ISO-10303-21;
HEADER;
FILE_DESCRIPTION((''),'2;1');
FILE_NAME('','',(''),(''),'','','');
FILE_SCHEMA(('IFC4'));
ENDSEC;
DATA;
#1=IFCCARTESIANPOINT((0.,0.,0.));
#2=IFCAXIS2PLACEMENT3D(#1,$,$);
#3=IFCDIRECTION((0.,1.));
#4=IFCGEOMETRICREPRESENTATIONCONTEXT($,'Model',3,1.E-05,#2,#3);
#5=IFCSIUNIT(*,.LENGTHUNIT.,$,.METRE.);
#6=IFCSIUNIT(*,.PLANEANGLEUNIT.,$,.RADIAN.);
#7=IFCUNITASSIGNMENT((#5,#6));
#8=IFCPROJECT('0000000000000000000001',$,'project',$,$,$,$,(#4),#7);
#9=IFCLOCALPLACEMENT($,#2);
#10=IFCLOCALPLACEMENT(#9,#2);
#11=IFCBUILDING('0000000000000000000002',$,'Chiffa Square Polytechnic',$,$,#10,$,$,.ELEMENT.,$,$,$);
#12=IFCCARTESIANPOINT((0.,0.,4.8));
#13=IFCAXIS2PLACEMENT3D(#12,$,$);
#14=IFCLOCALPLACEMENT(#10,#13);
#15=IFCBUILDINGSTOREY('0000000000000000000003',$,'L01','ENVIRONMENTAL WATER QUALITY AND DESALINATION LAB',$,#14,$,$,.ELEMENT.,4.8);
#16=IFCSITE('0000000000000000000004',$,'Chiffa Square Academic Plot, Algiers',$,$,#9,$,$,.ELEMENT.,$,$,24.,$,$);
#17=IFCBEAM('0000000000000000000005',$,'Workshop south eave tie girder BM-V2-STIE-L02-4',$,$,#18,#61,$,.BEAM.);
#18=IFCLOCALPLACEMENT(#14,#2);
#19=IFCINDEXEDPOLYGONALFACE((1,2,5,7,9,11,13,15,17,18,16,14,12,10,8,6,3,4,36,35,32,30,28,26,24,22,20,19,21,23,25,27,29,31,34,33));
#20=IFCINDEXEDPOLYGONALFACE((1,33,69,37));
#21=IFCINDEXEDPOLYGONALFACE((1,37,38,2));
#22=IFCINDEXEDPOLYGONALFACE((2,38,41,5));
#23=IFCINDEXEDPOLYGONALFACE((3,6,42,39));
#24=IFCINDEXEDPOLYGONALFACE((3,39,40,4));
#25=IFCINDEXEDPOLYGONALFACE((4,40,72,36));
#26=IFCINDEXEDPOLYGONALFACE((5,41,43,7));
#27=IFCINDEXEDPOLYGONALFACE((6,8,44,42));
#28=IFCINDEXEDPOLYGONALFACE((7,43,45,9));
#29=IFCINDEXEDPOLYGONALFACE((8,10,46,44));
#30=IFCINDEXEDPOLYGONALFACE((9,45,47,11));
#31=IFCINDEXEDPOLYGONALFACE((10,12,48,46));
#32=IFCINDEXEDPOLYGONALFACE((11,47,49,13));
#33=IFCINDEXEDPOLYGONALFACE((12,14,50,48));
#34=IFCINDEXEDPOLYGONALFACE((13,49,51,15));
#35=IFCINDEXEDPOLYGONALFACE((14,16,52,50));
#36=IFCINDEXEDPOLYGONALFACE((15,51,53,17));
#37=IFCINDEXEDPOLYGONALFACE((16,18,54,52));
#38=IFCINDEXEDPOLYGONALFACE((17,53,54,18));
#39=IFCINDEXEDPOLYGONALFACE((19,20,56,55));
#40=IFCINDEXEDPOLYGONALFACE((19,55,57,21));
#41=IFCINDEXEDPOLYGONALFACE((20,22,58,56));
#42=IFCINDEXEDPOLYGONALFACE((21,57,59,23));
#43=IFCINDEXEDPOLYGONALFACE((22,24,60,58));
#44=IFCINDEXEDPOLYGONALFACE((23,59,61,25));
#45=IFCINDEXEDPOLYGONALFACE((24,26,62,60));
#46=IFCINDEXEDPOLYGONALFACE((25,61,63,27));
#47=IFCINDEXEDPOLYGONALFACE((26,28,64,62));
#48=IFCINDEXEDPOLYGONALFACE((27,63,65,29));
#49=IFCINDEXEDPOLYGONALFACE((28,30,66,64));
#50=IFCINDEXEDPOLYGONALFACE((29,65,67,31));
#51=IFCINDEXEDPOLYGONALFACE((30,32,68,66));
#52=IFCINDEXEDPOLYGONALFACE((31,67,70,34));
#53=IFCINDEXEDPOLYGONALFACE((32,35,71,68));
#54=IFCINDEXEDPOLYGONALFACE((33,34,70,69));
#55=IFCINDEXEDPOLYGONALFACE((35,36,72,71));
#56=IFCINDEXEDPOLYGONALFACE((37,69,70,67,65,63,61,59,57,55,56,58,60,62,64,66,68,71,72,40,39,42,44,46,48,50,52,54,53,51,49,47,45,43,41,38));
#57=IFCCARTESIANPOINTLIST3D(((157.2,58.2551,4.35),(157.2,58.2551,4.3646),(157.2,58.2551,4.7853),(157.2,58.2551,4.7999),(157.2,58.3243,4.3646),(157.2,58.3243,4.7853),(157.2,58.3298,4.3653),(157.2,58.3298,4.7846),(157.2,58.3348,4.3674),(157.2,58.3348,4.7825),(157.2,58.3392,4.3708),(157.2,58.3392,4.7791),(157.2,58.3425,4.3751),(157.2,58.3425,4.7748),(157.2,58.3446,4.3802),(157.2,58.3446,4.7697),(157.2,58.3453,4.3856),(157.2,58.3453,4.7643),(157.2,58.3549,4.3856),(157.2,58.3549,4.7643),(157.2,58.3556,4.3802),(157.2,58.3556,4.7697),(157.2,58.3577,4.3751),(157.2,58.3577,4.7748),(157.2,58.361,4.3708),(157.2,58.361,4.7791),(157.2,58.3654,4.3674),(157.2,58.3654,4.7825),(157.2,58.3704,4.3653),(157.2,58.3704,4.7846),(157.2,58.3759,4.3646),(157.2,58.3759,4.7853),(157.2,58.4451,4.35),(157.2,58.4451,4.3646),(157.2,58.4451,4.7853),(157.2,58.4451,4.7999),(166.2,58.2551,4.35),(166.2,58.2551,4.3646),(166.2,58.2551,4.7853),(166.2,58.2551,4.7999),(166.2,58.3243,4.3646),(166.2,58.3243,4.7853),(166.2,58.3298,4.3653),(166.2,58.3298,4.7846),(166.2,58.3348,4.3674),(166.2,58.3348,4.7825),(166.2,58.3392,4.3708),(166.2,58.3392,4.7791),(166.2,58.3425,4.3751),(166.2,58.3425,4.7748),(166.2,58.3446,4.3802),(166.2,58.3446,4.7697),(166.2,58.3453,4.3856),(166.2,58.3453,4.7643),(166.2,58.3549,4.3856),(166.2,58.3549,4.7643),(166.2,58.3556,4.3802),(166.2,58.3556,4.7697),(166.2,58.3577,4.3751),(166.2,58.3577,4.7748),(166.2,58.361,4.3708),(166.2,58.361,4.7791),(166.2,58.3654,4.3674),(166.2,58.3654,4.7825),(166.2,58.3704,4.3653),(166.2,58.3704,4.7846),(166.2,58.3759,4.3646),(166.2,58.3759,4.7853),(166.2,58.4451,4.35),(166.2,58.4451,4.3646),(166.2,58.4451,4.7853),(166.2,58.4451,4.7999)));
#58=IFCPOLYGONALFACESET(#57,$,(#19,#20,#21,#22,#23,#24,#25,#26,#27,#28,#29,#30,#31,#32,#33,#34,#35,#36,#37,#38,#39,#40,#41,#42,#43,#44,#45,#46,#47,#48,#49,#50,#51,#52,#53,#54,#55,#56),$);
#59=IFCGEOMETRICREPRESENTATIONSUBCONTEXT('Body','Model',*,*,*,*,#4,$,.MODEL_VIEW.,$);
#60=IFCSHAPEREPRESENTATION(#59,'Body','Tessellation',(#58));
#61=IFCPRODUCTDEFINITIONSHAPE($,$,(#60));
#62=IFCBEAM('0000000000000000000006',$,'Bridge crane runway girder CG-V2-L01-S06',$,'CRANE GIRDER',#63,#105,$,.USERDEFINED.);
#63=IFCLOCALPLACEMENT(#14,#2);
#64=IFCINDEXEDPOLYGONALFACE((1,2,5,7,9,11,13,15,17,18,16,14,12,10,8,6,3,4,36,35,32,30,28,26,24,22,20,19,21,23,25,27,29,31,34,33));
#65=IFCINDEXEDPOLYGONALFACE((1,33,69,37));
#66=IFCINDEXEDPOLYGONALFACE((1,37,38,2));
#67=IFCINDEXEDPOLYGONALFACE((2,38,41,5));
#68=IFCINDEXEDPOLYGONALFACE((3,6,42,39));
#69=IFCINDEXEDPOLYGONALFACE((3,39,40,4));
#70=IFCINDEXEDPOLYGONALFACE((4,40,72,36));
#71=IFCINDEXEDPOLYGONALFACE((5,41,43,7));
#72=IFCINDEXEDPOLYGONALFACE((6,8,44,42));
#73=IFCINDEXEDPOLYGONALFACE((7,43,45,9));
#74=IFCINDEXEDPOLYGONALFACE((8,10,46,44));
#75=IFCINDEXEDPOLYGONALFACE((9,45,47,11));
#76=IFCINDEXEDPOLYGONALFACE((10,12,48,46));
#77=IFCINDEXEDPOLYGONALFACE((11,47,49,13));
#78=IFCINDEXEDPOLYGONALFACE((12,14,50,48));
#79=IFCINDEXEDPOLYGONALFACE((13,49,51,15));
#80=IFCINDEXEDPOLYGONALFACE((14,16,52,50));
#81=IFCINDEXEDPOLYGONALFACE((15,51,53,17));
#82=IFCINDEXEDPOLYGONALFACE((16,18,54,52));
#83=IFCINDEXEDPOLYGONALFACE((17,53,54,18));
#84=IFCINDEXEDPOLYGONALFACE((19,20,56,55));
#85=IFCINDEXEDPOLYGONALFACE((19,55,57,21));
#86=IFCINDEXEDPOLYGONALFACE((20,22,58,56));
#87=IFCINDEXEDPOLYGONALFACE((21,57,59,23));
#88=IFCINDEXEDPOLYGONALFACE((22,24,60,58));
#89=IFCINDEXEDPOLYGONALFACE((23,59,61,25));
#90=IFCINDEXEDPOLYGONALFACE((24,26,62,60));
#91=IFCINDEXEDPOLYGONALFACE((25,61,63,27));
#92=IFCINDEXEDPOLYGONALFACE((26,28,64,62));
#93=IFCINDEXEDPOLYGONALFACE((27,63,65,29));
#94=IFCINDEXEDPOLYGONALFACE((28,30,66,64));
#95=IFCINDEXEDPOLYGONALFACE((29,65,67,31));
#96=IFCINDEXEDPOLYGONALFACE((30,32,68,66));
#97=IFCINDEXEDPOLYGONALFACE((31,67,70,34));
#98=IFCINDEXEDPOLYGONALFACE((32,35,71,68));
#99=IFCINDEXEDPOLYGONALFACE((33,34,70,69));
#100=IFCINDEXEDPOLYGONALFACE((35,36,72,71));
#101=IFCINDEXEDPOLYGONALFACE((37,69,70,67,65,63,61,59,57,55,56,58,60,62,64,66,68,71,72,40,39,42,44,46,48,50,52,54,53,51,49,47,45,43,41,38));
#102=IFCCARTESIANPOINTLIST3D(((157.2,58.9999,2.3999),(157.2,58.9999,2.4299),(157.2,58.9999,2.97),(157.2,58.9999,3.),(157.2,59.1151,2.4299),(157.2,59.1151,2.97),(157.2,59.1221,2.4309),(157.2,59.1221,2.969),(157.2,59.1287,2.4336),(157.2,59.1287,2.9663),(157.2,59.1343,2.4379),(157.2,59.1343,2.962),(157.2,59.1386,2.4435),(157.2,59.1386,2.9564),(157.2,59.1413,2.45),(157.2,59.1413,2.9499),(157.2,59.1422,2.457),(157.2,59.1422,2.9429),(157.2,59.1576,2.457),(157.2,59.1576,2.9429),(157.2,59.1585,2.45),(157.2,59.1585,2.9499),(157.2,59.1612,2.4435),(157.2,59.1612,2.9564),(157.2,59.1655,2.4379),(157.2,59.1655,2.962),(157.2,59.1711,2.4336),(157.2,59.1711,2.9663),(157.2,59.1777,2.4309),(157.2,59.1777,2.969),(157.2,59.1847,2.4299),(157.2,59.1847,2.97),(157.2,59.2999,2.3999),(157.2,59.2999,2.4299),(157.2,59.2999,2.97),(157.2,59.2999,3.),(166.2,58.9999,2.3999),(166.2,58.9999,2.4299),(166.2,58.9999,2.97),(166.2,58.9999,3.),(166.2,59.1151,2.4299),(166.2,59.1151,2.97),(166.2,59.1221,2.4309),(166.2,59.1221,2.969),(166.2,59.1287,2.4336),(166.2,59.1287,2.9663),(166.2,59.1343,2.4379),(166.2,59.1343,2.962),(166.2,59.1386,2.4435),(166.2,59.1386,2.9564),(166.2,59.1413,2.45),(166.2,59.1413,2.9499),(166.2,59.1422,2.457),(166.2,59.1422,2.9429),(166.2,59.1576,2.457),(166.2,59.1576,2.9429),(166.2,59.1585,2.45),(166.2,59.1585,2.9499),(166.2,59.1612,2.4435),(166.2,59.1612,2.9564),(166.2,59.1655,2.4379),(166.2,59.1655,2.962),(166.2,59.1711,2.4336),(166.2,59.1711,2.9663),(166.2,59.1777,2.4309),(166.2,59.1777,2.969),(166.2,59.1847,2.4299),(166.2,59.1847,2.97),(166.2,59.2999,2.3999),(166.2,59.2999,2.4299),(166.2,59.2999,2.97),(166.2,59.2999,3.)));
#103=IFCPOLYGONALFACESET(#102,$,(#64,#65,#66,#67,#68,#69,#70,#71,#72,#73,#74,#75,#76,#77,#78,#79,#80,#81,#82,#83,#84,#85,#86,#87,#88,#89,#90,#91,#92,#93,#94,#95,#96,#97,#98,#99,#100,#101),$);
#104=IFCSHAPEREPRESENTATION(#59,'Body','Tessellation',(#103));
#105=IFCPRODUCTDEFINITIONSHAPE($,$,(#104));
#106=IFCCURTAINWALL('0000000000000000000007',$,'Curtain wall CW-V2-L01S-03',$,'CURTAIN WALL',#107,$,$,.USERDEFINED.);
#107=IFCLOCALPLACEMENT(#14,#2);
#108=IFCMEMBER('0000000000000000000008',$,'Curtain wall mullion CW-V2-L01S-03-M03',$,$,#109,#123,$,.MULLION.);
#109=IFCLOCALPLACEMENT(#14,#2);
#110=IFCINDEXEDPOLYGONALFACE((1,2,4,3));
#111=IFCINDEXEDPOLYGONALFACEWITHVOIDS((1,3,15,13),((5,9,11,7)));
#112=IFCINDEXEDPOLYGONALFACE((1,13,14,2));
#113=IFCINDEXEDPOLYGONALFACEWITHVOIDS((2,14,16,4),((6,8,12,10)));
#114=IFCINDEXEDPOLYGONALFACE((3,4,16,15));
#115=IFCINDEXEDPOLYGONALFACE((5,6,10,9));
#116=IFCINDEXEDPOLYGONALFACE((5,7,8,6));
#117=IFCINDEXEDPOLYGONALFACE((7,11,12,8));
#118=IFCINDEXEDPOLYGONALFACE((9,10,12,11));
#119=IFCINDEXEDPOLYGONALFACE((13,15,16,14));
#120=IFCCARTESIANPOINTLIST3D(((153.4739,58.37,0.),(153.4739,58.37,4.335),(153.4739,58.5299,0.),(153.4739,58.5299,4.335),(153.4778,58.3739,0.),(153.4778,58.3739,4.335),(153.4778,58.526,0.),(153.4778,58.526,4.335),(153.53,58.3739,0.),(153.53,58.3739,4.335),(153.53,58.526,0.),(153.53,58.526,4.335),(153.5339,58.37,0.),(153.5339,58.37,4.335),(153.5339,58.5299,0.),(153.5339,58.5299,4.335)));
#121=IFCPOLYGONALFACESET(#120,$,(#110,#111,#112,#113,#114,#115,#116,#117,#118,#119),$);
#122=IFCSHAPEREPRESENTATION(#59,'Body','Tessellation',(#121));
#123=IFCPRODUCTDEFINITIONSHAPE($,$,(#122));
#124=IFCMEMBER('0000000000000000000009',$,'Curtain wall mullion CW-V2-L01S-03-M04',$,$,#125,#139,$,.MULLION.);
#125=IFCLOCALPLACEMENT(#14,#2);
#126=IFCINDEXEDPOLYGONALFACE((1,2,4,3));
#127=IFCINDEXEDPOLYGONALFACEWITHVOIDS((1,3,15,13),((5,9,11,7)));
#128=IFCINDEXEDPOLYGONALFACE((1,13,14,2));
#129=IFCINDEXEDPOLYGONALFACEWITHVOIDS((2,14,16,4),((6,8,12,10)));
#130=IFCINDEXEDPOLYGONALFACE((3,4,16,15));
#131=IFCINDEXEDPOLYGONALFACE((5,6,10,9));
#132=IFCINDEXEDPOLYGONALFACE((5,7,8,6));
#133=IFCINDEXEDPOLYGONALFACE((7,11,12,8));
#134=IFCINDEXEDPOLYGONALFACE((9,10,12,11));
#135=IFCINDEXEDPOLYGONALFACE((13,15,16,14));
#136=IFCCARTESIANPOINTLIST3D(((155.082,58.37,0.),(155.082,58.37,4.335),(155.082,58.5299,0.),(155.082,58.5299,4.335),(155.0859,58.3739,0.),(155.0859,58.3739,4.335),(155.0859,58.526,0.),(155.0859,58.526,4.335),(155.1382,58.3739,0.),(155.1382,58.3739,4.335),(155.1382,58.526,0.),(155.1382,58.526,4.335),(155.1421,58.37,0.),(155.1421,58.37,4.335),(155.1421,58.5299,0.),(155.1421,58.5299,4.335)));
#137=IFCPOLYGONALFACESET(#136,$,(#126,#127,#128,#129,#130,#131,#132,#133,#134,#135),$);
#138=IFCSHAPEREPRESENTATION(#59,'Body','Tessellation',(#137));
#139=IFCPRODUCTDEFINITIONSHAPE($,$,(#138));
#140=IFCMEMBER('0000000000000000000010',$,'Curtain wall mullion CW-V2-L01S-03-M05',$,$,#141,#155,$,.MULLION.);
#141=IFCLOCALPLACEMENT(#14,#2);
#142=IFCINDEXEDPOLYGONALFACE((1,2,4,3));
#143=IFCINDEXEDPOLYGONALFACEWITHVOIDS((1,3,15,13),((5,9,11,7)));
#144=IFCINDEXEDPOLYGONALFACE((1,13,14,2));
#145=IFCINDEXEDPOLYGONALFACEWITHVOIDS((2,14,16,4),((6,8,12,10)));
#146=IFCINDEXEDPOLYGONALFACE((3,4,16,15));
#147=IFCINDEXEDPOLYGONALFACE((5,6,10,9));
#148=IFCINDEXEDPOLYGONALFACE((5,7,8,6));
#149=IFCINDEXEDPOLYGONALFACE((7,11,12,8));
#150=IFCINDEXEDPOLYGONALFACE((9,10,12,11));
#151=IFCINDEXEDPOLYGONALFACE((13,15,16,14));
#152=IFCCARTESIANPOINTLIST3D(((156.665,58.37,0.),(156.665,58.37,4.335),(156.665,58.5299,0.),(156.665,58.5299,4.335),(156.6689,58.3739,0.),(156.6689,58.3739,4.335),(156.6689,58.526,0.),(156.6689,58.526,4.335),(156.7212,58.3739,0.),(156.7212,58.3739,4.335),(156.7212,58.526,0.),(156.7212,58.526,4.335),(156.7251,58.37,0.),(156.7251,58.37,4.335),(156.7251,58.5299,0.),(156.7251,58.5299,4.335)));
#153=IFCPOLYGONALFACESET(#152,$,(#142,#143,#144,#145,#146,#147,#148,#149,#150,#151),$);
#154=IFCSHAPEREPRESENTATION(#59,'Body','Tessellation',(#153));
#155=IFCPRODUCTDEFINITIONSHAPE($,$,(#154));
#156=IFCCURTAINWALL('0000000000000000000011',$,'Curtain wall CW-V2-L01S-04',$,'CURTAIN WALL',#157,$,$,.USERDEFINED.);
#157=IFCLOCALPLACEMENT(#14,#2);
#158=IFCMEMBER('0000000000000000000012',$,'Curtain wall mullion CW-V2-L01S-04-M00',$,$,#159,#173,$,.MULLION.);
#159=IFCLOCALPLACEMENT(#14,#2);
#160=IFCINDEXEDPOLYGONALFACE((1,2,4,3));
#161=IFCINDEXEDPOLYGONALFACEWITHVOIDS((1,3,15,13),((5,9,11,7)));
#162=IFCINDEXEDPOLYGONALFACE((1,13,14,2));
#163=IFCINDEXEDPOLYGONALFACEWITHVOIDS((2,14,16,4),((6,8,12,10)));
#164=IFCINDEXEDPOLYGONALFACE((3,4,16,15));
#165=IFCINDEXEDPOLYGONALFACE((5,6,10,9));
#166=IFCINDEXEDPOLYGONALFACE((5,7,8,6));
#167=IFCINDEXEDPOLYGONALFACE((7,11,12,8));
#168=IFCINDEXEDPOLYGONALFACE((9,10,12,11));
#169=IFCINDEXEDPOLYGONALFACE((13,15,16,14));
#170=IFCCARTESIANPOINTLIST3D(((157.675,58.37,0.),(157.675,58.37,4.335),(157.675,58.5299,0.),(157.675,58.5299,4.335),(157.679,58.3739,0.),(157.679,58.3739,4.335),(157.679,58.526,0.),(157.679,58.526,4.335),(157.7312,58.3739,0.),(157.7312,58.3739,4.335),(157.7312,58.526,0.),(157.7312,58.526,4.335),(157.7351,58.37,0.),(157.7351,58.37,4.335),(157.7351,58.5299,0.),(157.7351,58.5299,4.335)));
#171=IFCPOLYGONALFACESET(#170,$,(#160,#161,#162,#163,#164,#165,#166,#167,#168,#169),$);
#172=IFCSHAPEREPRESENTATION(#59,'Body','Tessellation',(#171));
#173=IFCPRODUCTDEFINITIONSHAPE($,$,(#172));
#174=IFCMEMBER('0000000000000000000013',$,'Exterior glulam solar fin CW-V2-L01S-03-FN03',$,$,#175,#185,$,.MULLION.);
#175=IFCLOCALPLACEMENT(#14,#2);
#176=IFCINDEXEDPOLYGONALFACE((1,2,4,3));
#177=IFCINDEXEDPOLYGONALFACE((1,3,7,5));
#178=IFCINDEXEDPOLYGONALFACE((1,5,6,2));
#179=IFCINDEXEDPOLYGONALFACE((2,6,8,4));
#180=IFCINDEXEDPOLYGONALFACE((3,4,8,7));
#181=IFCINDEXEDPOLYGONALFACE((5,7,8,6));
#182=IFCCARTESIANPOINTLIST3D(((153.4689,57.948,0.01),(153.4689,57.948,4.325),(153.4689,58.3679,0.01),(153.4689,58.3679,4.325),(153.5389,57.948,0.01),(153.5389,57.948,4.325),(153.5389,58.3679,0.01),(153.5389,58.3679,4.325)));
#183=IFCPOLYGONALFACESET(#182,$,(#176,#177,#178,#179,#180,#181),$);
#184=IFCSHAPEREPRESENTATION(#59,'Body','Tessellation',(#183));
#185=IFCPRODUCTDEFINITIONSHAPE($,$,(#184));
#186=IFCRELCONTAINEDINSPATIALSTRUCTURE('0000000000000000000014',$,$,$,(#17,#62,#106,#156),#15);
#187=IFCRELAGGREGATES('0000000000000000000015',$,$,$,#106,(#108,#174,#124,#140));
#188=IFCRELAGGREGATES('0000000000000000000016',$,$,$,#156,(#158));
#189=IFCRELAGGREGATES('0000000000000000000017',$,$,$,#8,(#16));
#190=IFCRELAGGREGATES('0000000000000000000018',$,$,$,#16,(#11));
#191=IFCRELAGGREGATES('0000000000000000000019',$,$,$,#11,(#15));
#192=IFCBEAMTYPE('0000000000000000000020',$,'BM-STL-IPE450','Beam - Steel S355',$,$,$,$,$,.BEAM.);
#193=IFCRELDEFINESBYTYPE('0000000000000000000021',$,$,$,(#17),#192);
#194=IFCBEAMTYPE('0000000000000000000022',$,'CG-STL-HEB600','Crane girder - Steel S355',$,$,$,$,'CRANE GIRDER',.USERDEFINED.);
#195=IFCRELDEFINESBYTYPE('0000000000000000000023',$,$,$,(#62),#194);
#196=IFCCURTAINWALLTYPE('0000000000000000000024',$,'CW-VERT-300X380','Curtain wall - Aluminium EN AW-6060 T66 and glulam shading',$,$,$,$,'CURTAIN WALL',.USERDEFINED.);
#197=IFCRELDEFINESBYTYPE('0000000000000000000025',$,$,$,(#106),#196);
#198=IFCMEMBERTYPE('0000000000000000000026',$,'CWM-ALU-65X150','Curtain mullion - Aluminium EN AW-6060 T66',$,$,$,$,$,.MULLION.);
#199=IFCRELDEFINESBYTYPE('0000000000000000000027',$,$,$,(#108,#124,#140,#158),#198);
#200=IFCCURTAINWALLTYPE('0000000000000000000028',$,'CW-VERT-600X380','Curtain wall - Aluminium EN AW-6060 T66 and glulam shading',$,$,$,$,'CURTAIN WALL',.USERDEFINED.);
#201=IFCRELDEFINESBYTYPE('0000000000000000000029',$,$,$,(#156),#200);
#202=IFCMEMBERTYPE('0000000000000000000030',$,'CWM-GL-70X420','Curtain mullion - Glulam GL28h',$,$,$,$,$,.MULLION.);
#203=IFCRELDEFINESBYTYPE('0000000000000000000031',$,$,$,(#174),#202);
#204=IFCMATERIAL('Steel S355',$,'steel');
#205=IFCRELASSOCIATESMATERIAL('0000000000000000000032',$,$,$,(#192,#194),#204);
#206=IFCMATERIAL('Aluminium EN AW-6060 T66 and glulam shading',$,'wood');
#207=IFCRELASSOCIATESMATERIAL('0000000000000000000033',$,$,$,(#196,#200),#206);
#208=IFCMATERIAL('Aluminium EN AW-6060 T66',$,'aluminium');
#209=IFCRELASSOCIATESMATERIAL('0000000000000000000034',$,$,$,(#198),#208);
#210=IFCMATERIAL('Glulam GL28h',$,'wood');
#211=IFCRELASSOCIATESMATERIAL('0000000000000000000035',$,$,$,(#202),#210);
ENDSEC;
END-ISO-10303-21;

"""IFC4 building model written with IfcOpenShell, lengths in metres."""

from ifc_helpers import new_model, si_unit, direction, frame, origin, origin_2d, place, context, subcontext, project, spatial, rectangle, hollow_rectangle, i_section, extrude, material, material_profile, profile_set, type_object, element, aggregate, save


model = new_model("IFC4")

# Units and contexts
model_context = context("Model", 3, precision=1e-05, world=origin(), true_north=direction((0.0, 1.0)))
body_context = subcontext(model_context, "Body", "Model", "MODEL_VIEW")
ifc_project = project(units=[si_unit("LENGTHUNIT", "METRE"), si_unit("PLANEANGLEUNIT", "RADIAN")], contexts=[model_context])

# Site, building, storey
site_placement = place(None, origin())
site = spatial("IfcSite", under=ifc_project, at=site_placement, Name="Chiffa Square Academic Plot, Algiers", CompositionType="ELEMENT", RefElevation=24.0)
building_placement = place(site_placement, origin())
building = spatial("IfcBuilding", under=site, at=building_placement, Name="Chiffa Square Polytechnic", CompositionType="ELEMENT")
storey_placement = place(building_placement, frame((0.0, 0.0, 4.8)))
storey = spatial("IfcBuildingStorey", under=building, at=storey_placement, Name="L01", Description="ENVIRONMENTAL WATER QUALITY AND DESALINATION LAB", CompositionType="ELEMENT", Elevation=4.8)

# Shared definitions
ifc_material_1 = material(Name="Steel S355", Category="steel")

# Beams
ifc_material_profile_1 = material_profile(ifc_material_1, i_section(OverallWidth=0.1899, OverallDepth=0.45, WebThickness=0.0095, FlangeThickness=0.0146, FilletRadius=0.021, at=origin_2d()), Name="IPE 450")
ifc_profile_set_1 = profile_set([ifc_material_profile_1], Name="Steel S355")
beam_type_1 = type_object("IfcBeamType", Name="BM-STL-IPE450", Description="Beam - Steel S355", PredefinedType="BEAM", material=ifc_profile_set_1)
for number, where, z_axis, x_axis, name in (
    (1, (157.2, 58.3501, 4.575), (1.0, 0.0, 0.0), (0.0, 1.0, 0.0), "Workshop south eave tie girder BM-V2-STIE-L02-4"),
):
    element("IfcBeam", number, at=place(storey_placement, frame(where, z_axis=z_axis, x_axis=x_axis)), inside=storey, type_object=beam_type_1, Name=name, PredefinedType="BEAM", context=body_context, shape_type="SweptSolid", body=[
        extrude(i_section(OverallWidth=0.1899, OverallDepth=0.45, WebThickness=0.0095, FlangeThickness=0.0146, FilletRadius=0.021, at=origin_2d()), origin(), (0.0, 0.0, 1.0), 9.0),
    ])
ifc_material_profile_2 = material_profile(ifc_material_1, i_section(OverallWidth=0.3, OverallDepth=0.6001, WebThickness=0.0154, FlangeThickness=0.03, FilletRadius=0.0271, at=origin_2d()), Name="HEB 600")
ifc_profile_set_2 = profile_set([ifc_material_profile_2], Name="Steel S355")
beam_type_2 = type_object("IfcBeamType", Name="CG-STL-HEB600", Description="Crane girder - Steel S355", ElementType="CRANE GIRDER", PredefinedType="USERDEFINED", material=ifc_profile_set_2)
beam_1_placement = place(storey_placement, frame((157.2, 59.1499, 2.7), z_axis=(1.0, 0.0, 0.0), x_axis=(0.0, 1.0, 0.0)))
element("IfcBeam", 2, at=beam_1_placement, inside=storey, type_object=beam_type_2, Name="Bridge crane runway girder CG-V2-L01-S06", ObjectType="CRANE GIRDER", PredefinedType="USERDEFINED", context=body_context, shape_type="SweptSolid", body=[
    extrude(i_section(OverallWidth=0.3, OverallDepth=0.6001, WebThickness=0.0154, FlangeThickness=0.03, FilletRadius=0.0271, at=origin_2d()), origin(), (0.0, 0.0, 1.0), 9.0),
])

# Curtain wall, members
ifc_material_2 = material(Name="Aluminium EN AW-6060 T66 and glulam shading", Category="wood")
curtain_wall_type_1 = type_object("IfcCurtainWallType", Name="CW-VERT-300X380", Description="Curtain wall - Aluminium EN AW-6060 T66 and glulam shading", ElementType="CURTAIN WALL", PredefinedType="USERDEFINED", material=ifc_material_2)
curtain_wall_1_placement = place(storey_placement, origin())
curtain_wall_1 = element("IfcCurtainWall", 3, at=curtain_wall_1_placement, inside=storey, type_object=curtain_wall_type_1, Name="Curtain wall CW-V2-L01S-03", ObjectType="CURTAIN WALL", PredefinedType="USERDEFINED")
ifc_material_3 = material(Name="Aluminium EN AW-6060 T66", Category="aluminium")
ifc_material_profile_3 = material_profile(ifc_material_3, hollow_rectangle(XDim=0.0601, YDim=0.1599, WallThickness=0.0039, at=origin_2d()), Name="ALU 60x160x4")
ifc_profile_set_3 = profile_set([ifc_material_profile_3], Name="Aluminium EN AW-6060 T66")
member_type_1 = type_object("IfcMemberType", Name="CWM-ALU-65X150", Description="Curtain mullion - Aluminium EN AW-6060 T66", PredefinedType="MULLION", material=ifc_profile_set_3)
member_1_placement = place(storey_placement, frame((153.5039, 58.45, 0.0), z_axis=(0.0, 0.0, 1.0), x_axis=(1.0, 0.0, 0.0)))
member_1 = element("IfcMember", 4, at=member_1_placement, type_object=member_type_1, Name="Curtain wall mullion CW-V2-L01S-03-M03", PredefinedType="MULLION", context=body_context, shape_type="SweptSolid", body=[
    extrude(hollow_rectangle(XDim=0.0601, YDim=0.1599, WallThickness=0.0039, at=origin_2d()), origin(), (0.0, 0.0, 1.0), 4.335),
])
member_2_placement = place(storey_placement, frame((155.1121, 58.45, 0.0), z_axis=(0.0, 0.0, 1.0), x_axis=(1.0, 0.0, 0.0)))
member_2 = element("IfcMember", 5, at=member_2_placement, type_object=member_type_1, Name="Curtain wall mullion CW-V2-L01S-03-M04", PredefinedType="MULLION", context=body_context, shape_type="SweptSolid", body=[
    extrude(hollow_rectangle(XDim=0.0601, YDim=0.1599, WallThickness=0.0039, at=origin_2d()), origin(), (0.0, 0.0, 1.0), 4.335),
])
member_3_placement = place(storey_placement, frame((156.6951, 58.45, 0.0), z_axis=(0.0, 0.0, 1.0), x_axis=(1.0, 0.0, 0.0)))
member_3 = element("IfcMember", 6, at=member_3_placement, type_object=member_type_1, Name="Curtain wall mullion CW-V2-L01S-03-M05", PredefinedType="MULLION", context=body_context, shape_type="SweptSolid", body=[
    extrude(hollow_rectangle(XDim=0.0601, YDim=0.1599, WallThickness=0.0039, at=origin_2d()), origin(), (0.0, 0.0, 1.0), 4.335),
])

# Curtain wall, member
curtain_wall_type_2 = type_object("IfcCurtainWallType", Name="CW-VERT-600X380", Description="Curtain wall - Aluminium EN AW-6060 T66 and glulam shading", ElementType="CURTAIN WALL", PredefinedType="USERDEFINED", material=ifc_material_2)
curtain_wall_2_placement = place(storey_placement, origin())
curtain_wall_2 = element("IfcCurtainWall", 7, at=curtain_wall_2_placement, inside=storey, type_object=curtain_wall_type_2, Name="Curtain wall CW-V2-L01S-04", ObjectType="CURTAIN WALL", PredefinedType="USERDEFINED")
member_4_placement = place(storey_placement, frame((157.7051, 58.45, 0.0), z_axis=(0.0, 0.0, 1.0), x_axis=(1.0, 0.0, 0.0)))
member_4 = element("IfcMember", 8, at=member_4_placement, type_object=member_type_1, Name="Curtain wall mullion CW-V2-L01S-04-M00", PredefinedType="MULLION", context=body_context, shape_type="SweptSolid", body=[
    extrude(hollow_rectangle(XDim=0.0601, YDim=0.1599, WallThickness=0.0039, at=origin_2d()), origin(), (0.0, 0.0, 1.0), 4.335),
])

# Member
ifc_material_4 = material(Name="Glulam GL28h", Category="wood")
ifc_material_profile_4 = material_profile(ifc_material_4, rectangle(XDim=0.0701, YDim=0.4199, at=origin_2d()), Name="GL28h 70x420")
ifc_profile_set_4 = profile_set([ifc_material_profile_4], Name="Glulam GL28h")
member_type_2 = type_object("IfcMemberType", Name="CWM-GL-70X420", Description="Curtain mullion - Glulam GL28h", PredefinedType="MULLION", material=ifc_profile_set_4)
member_5_placement = place(storey_placement, frame((153.5039, 58.158, 0.01), z_axis=(0.0, 0.0, 1.0), x_axis=(1.0, 0.0, 0.0)))
member_5 = element("IfcMember", 9, at=member_5_placement, type_object=member_type_2, Name="Exterior glulam solar fin CW-V2-L01S-03-FN03", PredefinedType="MULLION", context=body_context, shape_type="SweptSolid", body=[
    extrude(rectangle(XDim=0.0701, YDim=0.4199, at=origin_2d()), origin(), (0.0, 0.0, 1.0), 4.3149),
])

aggregate(curtain_wall_1, [member_1, member_5, member_2, member_3])
aggregate(curtain_wall_2, [member_4])

save(model, "model.ifc")
